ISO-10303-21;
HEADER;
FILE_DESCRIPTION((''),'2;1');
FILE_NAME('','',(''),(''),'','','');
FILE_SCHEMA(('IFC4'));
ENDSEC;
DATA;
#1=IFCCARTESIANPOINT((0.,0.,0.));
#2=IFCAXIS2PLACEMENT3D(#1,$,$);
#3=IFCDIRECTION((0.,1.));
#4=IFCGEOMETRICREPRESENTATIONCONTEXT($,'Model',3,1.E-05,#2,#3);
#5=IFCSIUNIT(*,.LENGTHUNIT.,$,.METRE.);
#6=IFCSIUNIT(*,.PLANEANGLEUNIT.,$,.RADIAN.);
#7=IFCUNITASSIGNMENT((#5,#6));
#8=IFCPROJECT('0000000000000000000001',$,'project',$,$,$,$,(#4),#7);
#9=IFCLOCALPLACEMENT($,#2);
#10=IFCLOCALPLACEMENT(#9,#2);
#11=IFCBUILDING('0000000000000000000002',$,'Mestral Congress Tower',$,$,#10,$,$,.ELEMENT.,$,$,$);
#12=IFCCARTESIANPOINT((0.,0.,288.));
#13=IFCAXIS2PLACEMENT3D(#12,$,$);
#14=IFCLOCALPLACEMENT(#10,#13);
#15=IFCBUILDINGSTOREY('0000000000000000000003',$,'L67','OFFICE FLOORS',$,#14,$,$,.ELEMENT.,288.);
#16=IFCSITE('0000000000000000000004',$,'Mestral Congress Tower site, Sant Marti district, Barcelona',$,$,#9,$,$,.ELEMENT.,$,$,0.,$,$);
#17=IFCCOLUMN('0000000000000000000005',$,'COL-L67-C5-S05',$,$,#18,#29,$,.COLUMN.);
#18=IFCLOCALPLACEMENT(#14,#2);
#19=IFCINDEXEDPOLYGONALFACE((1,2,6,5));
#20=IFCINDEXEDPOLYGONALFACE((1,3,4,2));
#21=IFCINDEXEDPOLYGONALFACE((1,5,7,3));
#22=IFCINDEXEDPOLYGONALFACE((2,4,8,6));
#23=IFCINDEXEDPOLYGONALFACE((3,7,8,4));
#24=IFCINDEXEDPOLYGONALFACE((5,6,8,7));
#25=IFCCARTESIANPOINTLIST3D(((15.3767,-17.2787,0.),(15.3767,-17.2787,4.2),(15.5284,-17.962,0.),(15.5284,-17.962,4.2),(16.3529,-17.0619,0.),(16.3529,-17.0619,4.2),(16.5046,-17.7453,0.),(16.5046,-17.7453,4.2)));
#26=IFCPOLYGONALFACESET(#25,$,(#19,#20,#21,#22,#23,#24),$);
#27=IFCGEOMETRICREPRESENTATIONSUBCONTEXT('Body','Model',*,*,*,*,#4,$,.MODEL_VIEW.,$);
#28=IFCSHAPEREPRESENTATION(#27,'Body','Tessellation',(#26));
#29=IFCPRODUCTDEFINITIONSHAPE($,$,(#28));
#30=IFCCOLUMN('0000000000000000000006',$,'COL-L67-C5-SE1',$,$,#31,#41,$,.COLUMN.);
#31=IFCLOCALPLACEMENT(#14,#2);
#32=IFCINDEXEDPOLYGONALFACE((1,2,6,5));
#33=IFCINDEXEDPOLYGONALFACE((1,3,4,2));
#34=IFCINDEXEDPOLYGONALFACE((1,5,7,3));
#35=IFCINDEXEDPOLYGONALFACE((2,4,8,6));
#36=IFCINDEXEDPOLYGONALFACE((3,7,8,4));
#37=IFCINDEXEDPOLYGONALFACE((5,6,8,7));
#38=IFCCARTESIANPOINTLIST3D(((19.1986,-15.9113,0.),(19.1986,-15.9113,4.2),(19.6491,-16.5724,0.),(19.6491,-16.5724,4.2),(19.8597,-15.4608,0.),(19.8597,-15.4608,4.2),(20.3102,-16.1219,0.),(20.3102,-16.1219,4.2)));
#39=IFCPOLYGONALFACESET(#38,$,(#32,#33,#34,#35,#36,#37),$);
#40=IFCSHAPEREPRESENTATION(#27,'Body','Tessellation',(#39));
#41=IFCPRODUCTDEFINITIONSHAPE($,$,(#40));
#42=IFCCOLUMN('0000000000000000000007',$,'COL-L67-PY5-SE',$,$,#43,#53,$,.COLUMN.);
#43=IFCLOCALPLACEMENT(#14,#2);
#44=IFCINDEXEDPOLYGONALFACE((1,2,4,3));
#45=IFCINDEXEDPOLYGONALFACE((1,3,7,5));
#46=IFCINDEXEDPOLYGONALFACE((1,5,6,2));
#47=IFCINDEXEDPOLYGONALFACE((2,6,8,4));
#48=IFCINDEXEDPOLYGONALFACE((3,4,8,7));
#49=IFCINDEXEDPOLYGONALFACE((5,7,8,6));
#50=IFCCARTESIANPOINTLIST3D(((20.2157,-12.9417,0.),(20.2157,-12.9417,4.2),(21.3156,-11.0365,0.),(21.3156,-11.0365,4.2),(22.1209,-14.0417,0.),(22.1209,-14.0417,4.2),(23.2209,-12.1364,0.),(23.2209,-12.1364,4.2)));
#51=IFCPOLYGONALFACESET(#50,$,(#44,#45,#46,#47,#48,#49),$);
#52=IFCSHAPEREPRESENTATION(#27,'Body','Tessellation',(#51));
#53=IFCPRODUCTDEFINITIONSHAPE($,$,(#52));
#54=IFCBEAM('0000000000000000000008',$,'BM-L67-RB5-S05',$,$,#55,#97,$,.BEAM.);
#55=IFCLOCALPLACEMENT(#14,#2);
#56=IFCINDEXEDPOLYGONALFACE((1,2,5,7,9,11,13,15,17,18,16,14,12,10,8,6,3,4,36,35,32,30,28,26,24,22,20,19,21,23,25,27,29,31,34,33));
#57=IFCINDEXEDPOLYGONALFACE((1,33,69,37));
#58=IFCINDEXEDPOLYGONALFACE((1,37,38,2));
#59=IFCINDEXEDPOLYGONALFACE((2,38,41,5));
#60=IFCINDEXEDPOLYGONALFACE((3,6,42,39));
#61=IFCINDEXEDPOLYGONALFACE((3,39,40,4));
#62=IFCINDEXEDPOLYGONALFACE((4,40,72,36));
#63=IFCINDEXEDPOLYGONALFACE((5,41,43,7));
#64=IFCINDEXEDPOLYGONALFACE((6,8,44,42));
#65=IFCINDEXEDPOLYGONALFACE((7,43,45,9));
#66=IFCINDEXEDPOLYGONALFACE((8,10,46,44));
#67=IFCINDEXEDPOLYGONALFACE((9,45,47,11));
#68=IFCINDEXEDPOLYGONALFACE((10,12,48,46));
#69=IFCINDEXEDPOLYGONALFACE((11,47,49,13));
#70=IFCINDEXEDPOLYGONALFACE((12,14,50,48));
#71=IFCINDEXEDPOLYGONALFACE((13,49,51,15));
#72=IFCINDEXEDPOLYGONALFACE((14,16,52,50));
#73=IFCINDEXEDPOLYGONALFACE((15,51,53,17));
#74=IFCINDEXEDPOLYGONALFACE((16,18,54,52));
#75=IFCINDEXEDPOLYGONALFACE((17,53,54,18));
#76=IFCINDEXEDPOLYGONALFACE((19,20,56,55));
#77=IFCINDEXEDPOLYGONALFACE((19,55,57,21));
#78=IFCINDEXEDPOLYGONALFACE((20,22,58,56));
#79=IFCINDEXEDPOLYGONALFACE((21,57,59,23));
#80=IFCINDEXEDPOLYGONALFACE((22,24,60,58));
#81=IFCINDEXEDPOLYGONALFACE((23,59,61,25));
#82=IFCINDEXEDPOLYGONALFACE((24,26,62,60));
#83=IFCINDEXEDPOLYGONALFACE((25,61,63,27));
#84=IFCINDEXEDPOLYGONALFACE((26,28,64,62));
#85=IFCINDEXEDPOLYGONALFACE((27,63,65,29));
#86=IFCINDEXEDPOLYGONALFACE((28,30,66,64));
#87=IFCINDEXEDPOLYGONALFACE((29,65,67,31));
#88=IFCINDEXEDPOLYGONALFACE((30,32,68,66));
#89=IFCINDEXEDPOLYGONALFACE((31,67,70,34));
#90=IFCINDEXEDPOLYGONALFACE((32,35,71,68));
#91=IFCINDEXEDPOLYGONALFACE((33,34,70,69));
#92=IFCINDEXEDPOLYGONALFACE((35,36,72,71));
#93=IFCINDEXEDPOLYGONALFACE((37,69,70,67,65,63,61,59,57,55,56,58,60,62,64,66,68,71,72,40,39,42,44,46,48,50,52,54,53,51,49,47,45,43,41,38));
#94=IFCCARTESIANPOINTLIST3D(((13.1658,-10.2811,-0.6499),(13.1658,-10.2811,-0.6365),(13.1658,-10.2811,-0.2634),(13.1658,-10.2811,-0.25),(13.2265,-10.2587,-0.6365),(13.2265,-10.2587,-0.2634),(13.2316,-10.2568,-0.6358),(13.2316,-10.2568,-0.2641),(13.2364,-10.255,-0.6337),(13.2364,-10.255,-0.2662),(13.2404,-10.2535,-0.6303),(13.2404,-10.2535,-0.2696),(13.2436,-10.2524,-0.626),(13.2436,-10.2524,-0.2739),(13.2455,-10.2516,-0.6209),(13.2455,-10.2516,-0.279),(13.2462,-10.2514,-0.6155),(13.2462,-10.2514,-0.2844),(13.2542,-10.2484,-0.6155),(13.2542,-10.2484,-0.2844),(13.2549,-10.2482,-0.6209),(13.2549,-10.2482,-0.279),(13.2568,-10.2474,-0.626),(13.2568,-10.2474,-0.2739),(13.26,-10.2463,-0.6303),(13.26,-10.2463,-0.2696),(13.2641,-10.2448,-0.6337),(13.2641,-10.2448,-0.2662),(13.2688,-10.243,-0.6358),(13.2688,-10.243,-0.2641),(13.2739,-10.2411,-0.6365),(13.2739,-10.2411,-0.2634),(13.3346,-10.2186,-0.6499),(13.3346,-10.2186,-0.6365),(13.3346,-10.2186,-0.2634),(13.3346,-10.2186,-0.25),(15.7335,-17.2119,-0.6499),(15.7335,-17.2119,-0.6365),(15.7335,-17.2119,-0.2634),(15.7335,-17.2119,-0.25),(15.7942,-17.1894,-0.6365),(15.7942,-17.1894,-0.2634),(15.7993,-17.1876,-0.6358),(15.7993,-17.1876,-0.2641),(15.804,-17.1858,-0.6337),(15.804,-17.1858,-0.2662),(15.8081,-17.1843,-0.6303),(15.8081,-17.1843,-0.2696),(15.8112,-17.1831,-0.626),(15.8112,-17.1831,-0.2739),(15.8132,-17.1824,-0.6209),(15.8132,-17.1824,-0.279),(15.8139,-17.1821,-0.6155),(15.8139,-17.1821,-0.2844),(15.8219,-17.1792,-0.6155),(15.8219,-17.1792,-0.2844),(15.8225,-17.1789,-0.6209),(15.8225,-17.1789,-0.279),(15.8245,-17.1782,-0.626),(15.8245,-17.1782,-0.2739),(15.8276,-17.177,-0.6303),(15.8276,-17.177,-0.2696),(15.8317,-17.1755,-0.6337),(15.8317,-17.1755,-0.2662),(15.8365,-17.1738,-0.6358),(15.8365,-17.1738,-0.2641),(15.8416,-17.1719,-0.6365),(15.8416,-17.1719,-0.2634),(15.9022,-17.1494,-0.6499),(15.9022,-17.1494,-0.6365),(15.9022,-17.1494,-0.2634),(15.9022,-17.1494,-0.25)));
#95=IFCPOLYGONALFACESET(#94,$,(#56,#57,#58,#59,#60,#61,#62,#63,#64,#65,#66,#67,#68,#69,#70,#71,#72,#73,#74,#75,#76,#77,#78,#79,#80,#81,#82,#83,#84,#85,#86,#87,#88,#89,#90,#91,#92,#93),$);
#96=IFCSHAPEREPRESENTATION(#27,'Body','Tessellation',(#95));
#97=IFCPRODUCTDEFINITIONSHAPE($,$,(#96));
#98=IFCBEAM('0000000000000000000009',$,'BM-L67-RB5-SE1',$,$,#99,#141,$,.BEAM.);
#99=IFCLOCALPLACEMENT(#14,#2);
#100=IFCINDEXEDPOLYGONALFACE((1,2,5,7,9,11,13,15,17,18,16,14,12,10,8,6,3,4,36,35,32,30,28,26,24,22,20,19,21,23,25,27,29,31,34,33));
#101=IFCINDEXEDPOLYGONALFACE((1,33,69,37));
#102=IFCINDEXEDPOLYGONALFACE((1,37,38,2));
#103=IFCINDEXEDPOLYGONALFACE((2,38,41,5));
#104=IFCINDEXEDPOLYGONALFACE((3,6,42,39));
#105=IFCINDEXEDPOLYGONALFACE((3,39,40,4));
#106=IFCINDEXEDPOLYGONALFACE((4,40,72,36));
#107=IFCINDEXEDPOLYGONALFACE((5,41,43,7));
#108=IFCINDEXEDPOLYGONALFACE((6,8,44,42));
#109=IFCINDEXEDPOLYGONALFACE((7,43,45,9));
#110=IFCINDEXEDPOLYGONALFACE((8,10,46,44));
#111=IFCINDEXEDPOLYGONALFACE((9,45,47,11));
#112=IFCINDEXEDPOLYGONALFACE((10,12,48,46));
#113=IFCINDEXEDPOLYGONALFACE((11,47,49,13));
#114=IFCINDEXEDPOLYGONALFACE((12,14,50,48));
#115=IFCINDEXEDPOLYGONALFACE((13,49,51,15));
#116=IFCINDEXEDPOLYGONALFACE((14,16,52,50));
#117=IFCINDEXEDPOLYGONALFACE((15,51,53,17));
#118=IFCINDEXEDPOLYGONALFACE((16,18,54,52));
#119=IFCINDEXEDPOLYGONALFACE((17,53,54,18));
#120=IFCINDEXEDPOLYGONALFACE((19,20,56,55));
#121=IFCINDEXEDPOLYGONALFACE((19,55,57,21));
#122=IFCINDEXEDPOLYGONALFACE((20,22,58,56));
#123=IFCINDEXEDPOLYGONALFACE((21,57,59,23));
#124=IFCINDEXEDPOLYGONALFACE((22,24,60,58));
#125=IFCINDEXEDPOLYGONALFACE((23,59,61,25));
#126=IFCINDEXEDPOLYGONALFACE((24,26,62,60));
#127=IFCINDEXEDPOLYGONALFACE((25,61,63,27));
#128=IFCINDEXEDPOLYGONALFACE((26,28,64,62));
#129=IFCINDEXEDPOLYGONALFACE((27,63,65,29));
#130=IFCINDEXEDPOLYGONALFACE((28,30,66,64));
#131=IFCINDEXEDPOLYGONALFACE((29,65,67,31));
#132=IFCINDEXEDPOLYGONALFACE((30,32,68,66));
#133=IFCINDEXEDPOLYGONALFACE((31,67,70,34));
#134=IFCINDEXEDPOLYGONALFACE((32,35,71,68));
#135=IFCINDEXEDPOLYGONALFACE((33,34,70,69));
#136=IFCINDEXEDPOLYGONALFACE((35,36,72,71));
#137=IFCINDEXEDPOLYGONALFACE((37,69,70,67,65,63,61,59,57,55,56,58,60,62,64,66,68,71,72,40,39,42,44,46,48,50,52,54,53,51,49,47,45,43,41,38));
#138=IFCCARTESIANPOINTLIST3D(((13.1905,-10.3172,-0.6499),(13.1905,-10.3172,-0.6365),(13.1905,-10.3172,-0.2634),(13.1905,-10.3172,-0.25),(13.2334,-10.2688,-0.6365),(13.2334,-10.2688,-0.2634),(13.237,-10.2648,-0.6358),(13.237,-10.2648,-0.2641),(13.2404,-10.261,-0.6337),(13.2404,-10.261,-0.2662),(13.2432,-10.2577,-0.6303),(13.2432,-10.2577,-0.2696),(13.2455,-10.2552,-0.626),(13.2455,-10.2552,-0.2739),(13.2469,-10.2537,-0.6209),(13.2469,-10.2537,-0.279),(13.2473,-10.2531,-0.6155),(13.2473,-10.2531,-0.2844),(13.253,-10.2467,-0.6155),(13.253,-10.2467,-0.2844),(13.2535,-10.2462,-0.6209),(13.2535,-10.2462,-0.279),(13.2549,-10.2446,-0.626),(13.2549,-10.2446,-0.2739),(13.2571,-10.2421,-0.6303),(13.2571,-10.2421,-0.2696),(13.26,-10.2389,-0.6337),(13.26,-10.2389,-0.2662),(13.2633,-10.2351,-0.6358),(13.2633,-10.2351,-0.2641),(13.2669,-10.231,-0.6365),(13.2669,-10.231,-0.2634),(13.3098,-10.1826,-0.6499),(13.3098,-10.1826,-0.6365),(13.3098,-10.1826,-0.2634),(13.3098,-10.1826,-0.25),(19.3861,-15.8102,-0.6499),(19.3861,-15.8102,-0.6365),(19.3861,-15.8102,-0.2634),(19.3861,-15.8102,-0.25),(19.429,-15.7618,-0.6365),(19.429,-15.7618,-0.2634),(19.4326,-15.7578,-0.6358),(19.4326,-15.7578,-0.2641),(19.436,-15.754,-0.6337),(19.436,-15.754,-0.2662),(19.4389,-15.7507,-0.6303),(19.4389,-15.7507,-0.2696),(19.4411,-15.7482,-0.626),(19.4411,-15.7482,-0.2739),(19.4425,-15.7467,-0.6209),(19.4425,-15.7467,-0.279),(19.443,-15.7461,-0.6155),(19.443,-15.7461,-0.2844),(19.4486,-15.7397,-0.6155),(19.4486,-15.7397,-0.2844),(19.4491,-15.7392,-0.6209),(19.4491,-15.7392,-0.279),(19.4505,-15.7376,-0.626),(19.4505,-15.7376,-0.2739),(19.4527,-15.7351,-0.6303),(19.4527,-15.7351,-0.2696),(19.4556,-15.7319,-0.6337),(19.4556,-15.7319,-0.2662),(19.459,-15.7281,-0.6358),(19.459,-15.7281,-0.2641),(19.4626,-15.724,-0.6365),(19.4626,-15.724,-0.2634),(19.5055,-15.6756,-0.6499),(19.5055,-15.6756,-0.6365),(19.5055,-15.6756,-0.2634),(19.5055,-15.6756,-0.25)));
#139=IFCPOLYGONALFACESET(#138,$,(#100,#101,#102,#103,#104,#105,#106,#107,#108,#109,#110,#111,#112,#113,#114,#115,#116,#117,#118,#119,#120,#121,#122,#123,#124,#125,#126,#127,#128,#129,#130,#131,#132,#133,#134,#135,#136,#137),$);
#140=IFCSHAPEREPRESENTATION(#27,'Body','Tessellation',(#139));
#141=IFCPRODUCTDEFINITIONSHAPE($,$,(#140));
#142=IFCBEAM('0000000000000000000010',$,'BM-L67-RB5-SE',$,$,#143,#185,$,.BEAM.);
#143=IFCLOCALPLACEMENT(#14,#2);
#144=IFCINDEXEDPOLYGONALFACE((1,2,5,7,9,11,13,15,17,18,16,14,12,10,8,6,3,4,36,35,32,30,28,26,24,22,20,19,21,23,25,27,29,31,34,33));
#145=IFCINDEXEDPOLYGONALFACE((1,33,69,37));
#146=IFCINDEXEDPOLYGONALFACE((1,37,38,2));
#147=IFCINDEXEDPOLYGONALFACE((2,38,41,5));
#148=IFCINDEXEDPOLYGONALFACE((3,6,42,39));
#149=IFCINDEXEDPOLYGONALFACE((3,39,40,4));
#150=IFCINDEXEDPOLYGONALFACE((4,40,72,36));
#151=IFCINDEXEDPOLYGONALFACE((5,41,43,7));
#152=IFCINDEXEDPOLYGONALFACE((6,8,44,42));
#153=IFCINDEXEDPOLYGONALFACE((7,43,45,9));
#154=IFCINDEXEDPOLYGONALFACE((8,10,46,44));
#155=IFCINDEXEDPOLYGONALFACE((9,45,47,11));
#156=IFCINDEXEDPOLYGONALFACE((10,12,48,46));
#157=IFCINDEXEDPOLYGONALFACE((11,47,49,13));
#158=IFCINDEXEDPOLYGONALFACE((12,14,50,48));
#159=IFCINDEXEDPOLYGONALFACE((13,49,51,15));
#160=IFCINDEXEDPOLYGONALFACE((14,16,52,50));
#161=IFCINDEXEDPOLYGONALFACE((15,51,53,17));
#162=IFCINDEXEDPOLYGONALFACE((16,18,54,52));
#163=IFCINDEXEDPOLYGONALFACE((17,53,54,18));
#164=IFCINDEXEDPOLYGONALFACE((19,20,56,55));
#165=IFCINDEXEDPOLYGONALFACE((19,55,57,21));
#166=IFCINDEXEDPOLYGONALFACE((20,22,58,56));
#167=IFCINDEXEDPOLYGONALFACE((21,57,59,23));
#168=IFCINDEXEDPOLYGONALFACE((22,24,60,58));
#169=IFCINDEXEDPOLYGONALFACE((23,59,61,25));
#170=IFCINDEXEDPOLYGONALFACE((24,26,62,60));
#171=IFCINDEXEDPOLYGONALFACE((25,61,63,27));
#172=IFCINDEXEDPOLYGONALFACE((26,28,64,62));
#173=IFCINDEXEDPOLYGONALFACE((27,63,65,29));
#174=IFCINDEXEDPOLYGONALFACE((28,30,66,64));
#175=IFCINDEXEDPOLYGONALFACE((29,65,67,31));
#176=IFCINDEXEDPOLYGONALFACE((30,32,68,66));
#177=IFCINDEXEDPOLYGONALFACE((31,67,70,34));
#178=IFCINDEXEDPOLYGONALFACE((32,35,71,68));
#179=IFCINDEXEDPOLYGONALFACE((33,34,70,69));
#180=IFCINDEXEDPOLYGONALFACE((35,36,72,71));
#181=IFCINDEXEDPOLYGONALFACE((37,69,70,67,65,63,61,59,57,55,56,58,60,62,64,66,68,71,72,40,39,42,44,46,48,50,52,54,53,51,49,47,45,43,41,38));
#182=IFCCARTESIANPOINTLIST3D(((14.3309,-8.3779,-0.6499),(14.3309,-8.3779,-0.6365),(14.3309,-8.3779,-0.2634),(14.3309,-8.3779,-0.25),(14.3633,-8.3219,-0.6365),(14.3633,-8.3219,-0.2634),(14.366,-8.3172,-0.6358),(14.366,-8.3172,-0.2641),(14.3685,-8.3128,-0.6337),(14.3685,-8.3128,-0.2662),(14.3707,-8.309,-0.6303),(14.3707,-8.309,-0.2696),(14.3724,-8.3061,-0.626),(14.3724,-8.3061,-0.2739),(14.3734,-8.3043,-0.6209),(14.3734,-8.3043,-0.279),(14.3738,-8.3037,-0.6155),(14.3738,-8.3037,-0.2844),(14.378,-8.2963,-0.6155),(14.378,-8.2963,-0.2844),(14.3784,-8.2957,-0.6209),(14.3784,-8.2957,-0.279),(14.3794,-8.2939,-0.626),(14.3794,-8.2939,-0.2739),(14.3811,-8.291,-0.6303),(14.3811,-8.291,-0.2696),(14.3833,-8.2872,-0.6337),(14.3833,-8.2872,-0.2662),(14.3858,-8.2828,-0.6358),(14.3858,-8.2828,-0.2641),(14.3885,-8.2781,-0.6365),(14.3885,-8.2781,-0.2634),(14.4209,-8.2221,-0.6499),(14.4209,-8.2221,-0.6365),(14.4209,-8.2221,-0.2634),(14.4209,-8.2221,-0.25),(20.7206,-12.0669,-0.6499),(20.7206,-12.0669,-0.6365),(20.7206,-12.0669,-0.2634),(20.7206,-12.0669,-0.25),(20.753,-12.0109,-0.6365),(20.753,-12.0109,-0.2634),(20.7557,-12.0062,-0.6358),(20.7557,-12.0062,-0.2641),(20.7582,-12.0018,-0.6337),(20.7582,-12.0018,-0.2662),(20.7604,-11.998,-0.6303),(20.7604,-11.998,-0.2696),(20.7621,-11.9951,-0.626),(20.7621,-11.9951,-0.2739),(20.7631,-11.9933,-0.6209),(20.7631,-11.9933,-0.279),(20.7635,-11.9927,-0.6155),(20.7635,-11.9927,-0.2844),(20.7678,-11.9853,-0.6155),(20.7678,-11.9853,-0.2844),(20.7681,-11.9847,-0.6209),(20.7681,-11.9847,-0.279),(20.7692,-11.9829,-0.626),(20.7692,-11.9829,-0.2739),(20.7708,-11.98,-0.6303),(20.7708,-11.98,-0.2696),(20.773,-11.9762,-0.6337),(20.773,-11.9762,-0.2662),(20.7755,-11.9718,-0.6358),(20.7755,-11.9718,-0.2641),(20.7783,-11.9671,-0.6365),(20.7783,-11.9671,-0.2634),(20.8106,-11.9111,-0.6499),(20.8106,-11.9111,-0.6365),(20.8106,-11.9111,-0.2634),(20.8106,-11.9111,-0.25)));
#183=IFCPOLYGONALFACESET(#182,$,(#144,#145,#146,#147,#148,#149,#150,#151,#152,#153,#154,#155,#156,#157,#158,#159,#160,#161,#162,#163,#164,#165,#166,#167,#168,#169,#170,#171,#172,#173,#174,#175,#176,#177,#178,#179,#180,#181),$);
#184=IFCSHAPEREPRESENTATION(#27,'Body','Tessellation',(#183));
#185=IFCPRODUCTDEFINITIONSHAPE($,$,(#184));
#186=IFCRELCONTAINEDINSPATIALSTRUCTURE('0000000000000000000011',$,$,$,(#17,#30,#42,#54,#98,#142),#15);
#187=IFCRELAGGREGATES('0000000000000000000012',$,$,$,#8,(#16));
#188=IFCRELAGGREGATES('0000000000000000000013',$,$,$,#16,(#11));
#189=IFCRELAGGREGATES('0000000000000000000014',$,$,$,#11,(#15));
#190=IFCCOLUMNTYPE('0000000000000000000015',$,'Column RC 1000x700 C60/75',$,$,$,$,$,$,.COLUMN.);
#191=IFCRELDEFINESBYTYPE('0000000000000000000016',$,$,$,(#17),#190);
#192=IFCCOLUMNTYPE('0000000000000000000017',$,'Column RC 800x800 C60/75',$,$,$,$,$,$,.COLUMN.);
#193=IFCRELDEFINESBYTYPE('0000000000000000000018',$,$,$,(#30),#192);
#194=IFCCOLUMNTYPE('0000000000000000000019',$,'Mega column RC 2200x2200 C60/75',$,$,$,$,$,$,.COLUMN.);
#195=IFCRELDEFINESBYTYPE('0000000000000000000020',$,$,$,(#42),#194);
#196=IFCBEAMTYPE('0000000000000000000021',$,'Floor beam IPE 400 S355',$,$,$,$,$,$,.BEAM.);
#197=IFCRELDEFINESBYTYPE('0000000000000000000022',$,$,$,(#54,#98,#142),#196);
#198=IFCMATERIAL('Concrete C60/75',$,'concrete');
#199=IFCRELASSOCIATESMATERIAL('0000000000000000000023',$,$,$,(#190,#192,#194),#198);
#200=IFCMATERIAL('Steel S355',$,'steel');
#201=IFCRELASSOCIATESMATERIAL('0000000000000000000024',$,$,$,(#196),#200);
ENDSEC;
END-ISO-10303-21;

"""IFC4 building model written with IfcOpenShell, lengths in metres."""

from ifc_helpers import new_model, si_unit, direction, frame, origin, origin_2d, place, context, subcontext, project, spatial, rectangle, i_section, extrude, material, material_profile, profile_set, type_object, element, save


model = new_model("IFC4")

# Units and contexts
model_context = context("Model", 3, precision=1e-05, world=origin(), true_north=direction((0.0, 1.0)))
body_context = subcontext(model_context, "Body", "Model", "MODEL_VIEW")
ifc_project = project(units=[si_unit("LENGTHUNIT", "METRE"), si_unit("PLANEANGLEUNIT", "RADIAN")], contexts=[model_context])

# Site, building, storey
site_placement = place(None, origin())
site = spatial("IfcSite", under=ifc_project, at=site_placement, Name="Mestral Congress Tower site, Sant Marti district, Barcelona", CompositionType="ELEMENT", RefElevation=0.0)
building_placement = place(site_placement, origin())
building = spatial("IfcBuilding", under=site, at=building_placement, Name="Mestral Congress Tower", CompositionType="ELEMENT")
storey_placement = place(building_placement, frame((0.0, 0.0, 288.0)))
storey = spatial("IfcBuildingStorey", under=building, at=storey_placement, Name="L67", Description="OFFICE FLOORS", CompositionType="ELEMENT", Elevation=288.0)

# Columns
ifc_material_1 = material(Name="Concrete C60/75", Category="concrete")
ifc_material_profile_1 = material_profile(ifc_material_1, rectangle(XDim=1.0, YDim=0.7, at=origin_2d()), Name="RC 1000x700")
ifc_profile_set_1 = profile_set([ifc_material_profile_1], Name="Concrete C60/75")
column_type_1 = type_object("IfcColumnType", Name="Column RC 1000x700 C60/75", PredefinedType="COLUMN", material=ifc_profile_set_1)
column_1_placement = place(storey_placement, frame((15.9407, -17.512, 0.0), z_axis=(0.0, 0.0, 1.0), x_axis=(0.976234, 0.216721, 0.0)))
element("IfcColumn", 1, at=column_1_placement, inside=storey, type_object=column_type_1, Name="COL-L67-C5-S05", PredefinedType="COLUMN", context=body_context, shape_type="SweptSolid", body=[
    extrude(rectangle(XDim=1.0, YDim=0.7, at=origin_2d()), origin(), (0.0, 0.0, 1.0), 4.2),
])
ifc_material_profile_2 = material_profile(ifc_material_1, rectangle(XDim=0.8, YDim=0.8, at=origin_2d()), Name="RC 800x800")
ifc_profile_set_2 = profile_set([ifc_material_profile_2], Name="Concrete C60/75")
column_type_2 = type_object("IfcColumnType", Name="Column RC 800x800 C60/75", PredefinedType="COLUMN", material=ifc_profile_set_2)
column_2_placement = place(storey_placement, frame((19.7544, -16.0166, 0.0), z_axis=(0.0, 0.0, 1.0), x_axis=(0.826363, 0.563138, 0.0)))
element("IfcColumn", 2, at=column_2_placement, inside=storey, type_object=column_type_2, Name="COL-L67-C5-SE1", PredefinedType="COLUMN", context=body_context, shape_type="SweptSolid", body=[
    extrude(rectangle(XDim=0.8, YDim=0.8, at=origin_2d()), origin(), (0.0, 0.0, 1.0), 4.2),
])
ifc_material_profile_3 = material_profile(ifc_material_1, rectangle(XDim=2.2, YDim=2.2, at=origin_2d()), Name="RC 2200x2200")
ifc_profile_set_3 = profile_set([ifc_material_profile_3], Name="Concrete C60/75")
column_type_3 = type_object("IfcColumnType", Name="Mega column RC 2200x2200 C60/75", PredefinedType="COLUMN", material=ifc_profile_set_3)
column_3_placement = place(storey_placement, frame((21.7183, -12.5391, 0.0), z_axis=(0.0, 0.0, 1.0), x_axis=(0.866025, -0.5, 0.0)))
element("IfcColumn", 3, at=column_3_placement, inside=storey, type_object=column_type_3, Name="COL-L67-PY5-SE", PredefinedType="COLUMN", context=body_context, shape_type="SweptSolid", body=[
    extrude(rectangle(XDim=2.2, YDim=2.2, at=origin_2d()), origin(), (0.0, 0.0, 1.0), 4.2),
])

# Beams
ifc_material_2 = material(Name="Steel S355", Category="steel")
ifc_material_profile_4 = material_profile(ifc_material_2, i_section(OverallWidth=0.1799, OverallDepth=0.3999, WebThickness=0.0085, FlangeThickness=0.0134, FilletRadius=0.021, at=origin_2d()), Name="IPE 400")
ifc_profile_set_4 = profile_set([ifc_material_profile_4], Name="Steel S355")
beam_type_1 = type_object("IfcBeamType", Name="Floor beam IPE 400 S355", PredefinedType="BEAM", material=ifc_profile_set_4)
beam_1_placement = place(storey_placement, frame((15.8179, -17.1807, -0.45), z_axis=(-0.347399, 0.937717, 0.0), x_axis=(-0.937717, -0.347399, 0.0)))
element("IfcBeam", 4, at=beam_1_placement, inside=storey, type_object=beam_type_1, Name="BM-L67-RB5-S05", PredefinedType="BEAM", context=body_context, shape_type="SweptSolid", body=[
    extrude(i_section(OverallWidth=0.1799, OverallDepth=0.3999, WebThickness=0.0085, FlangeThickness=0.0134, FilletRadius=0.021, at=origin_2d()), origin(), (0.0, 0.0, 1.0), 7.3911),
])
beam_2_placement = place(storey_placement, frame((19.4458, -15.7429, -0.45), z_axis=(-0.748263, 0.663402, 0.0), x_axis=(-0.663402, -0.748263, 0.0)))
element("IfcBeam", 5, at=beam_2_placement, inside=storey, type_object=beam_type_1, Name="BM-L67-RB5-SE1", PredefinedType="BEAM", context=body_context, shape_type="SweptSolid", body=[
    extrude(i_section(OverallWidth=0.1799, OverallDepth=0.3999, WebThickness=0.0085, FlangeThickness=0.0134, FilletRadius=0.021, at=origin_2d()), origin(), (0.0, 0.0, 1.0), 8.28),
])
beam_3_placement = place(storey_placement, frame((20.7656, -11.989, -0.45), z_axis=(-0.866031, 0.49999, 0.0), x_axis=(-0.49999, -0.866031, 0.0)))
element("IfcBeam", 6, at=beam_3_placement, inside=storey, type_object=beam_type_1, Name="BM-L67-RB5-SE", PredefinedType="BEAM", context=body_context, shape_type="SweptSolid", body=[
    extrude(i_section(OverallWidth=0.1799, OverallDepth=0.3999, WebThickness=0.0085, FlangeThickness=0.0134, FilletRadius=0.021, at=origin_2d()), origin(), (0.0, 0.0, 1.0), 7.3782),
])

save(model, "model.ifc")
